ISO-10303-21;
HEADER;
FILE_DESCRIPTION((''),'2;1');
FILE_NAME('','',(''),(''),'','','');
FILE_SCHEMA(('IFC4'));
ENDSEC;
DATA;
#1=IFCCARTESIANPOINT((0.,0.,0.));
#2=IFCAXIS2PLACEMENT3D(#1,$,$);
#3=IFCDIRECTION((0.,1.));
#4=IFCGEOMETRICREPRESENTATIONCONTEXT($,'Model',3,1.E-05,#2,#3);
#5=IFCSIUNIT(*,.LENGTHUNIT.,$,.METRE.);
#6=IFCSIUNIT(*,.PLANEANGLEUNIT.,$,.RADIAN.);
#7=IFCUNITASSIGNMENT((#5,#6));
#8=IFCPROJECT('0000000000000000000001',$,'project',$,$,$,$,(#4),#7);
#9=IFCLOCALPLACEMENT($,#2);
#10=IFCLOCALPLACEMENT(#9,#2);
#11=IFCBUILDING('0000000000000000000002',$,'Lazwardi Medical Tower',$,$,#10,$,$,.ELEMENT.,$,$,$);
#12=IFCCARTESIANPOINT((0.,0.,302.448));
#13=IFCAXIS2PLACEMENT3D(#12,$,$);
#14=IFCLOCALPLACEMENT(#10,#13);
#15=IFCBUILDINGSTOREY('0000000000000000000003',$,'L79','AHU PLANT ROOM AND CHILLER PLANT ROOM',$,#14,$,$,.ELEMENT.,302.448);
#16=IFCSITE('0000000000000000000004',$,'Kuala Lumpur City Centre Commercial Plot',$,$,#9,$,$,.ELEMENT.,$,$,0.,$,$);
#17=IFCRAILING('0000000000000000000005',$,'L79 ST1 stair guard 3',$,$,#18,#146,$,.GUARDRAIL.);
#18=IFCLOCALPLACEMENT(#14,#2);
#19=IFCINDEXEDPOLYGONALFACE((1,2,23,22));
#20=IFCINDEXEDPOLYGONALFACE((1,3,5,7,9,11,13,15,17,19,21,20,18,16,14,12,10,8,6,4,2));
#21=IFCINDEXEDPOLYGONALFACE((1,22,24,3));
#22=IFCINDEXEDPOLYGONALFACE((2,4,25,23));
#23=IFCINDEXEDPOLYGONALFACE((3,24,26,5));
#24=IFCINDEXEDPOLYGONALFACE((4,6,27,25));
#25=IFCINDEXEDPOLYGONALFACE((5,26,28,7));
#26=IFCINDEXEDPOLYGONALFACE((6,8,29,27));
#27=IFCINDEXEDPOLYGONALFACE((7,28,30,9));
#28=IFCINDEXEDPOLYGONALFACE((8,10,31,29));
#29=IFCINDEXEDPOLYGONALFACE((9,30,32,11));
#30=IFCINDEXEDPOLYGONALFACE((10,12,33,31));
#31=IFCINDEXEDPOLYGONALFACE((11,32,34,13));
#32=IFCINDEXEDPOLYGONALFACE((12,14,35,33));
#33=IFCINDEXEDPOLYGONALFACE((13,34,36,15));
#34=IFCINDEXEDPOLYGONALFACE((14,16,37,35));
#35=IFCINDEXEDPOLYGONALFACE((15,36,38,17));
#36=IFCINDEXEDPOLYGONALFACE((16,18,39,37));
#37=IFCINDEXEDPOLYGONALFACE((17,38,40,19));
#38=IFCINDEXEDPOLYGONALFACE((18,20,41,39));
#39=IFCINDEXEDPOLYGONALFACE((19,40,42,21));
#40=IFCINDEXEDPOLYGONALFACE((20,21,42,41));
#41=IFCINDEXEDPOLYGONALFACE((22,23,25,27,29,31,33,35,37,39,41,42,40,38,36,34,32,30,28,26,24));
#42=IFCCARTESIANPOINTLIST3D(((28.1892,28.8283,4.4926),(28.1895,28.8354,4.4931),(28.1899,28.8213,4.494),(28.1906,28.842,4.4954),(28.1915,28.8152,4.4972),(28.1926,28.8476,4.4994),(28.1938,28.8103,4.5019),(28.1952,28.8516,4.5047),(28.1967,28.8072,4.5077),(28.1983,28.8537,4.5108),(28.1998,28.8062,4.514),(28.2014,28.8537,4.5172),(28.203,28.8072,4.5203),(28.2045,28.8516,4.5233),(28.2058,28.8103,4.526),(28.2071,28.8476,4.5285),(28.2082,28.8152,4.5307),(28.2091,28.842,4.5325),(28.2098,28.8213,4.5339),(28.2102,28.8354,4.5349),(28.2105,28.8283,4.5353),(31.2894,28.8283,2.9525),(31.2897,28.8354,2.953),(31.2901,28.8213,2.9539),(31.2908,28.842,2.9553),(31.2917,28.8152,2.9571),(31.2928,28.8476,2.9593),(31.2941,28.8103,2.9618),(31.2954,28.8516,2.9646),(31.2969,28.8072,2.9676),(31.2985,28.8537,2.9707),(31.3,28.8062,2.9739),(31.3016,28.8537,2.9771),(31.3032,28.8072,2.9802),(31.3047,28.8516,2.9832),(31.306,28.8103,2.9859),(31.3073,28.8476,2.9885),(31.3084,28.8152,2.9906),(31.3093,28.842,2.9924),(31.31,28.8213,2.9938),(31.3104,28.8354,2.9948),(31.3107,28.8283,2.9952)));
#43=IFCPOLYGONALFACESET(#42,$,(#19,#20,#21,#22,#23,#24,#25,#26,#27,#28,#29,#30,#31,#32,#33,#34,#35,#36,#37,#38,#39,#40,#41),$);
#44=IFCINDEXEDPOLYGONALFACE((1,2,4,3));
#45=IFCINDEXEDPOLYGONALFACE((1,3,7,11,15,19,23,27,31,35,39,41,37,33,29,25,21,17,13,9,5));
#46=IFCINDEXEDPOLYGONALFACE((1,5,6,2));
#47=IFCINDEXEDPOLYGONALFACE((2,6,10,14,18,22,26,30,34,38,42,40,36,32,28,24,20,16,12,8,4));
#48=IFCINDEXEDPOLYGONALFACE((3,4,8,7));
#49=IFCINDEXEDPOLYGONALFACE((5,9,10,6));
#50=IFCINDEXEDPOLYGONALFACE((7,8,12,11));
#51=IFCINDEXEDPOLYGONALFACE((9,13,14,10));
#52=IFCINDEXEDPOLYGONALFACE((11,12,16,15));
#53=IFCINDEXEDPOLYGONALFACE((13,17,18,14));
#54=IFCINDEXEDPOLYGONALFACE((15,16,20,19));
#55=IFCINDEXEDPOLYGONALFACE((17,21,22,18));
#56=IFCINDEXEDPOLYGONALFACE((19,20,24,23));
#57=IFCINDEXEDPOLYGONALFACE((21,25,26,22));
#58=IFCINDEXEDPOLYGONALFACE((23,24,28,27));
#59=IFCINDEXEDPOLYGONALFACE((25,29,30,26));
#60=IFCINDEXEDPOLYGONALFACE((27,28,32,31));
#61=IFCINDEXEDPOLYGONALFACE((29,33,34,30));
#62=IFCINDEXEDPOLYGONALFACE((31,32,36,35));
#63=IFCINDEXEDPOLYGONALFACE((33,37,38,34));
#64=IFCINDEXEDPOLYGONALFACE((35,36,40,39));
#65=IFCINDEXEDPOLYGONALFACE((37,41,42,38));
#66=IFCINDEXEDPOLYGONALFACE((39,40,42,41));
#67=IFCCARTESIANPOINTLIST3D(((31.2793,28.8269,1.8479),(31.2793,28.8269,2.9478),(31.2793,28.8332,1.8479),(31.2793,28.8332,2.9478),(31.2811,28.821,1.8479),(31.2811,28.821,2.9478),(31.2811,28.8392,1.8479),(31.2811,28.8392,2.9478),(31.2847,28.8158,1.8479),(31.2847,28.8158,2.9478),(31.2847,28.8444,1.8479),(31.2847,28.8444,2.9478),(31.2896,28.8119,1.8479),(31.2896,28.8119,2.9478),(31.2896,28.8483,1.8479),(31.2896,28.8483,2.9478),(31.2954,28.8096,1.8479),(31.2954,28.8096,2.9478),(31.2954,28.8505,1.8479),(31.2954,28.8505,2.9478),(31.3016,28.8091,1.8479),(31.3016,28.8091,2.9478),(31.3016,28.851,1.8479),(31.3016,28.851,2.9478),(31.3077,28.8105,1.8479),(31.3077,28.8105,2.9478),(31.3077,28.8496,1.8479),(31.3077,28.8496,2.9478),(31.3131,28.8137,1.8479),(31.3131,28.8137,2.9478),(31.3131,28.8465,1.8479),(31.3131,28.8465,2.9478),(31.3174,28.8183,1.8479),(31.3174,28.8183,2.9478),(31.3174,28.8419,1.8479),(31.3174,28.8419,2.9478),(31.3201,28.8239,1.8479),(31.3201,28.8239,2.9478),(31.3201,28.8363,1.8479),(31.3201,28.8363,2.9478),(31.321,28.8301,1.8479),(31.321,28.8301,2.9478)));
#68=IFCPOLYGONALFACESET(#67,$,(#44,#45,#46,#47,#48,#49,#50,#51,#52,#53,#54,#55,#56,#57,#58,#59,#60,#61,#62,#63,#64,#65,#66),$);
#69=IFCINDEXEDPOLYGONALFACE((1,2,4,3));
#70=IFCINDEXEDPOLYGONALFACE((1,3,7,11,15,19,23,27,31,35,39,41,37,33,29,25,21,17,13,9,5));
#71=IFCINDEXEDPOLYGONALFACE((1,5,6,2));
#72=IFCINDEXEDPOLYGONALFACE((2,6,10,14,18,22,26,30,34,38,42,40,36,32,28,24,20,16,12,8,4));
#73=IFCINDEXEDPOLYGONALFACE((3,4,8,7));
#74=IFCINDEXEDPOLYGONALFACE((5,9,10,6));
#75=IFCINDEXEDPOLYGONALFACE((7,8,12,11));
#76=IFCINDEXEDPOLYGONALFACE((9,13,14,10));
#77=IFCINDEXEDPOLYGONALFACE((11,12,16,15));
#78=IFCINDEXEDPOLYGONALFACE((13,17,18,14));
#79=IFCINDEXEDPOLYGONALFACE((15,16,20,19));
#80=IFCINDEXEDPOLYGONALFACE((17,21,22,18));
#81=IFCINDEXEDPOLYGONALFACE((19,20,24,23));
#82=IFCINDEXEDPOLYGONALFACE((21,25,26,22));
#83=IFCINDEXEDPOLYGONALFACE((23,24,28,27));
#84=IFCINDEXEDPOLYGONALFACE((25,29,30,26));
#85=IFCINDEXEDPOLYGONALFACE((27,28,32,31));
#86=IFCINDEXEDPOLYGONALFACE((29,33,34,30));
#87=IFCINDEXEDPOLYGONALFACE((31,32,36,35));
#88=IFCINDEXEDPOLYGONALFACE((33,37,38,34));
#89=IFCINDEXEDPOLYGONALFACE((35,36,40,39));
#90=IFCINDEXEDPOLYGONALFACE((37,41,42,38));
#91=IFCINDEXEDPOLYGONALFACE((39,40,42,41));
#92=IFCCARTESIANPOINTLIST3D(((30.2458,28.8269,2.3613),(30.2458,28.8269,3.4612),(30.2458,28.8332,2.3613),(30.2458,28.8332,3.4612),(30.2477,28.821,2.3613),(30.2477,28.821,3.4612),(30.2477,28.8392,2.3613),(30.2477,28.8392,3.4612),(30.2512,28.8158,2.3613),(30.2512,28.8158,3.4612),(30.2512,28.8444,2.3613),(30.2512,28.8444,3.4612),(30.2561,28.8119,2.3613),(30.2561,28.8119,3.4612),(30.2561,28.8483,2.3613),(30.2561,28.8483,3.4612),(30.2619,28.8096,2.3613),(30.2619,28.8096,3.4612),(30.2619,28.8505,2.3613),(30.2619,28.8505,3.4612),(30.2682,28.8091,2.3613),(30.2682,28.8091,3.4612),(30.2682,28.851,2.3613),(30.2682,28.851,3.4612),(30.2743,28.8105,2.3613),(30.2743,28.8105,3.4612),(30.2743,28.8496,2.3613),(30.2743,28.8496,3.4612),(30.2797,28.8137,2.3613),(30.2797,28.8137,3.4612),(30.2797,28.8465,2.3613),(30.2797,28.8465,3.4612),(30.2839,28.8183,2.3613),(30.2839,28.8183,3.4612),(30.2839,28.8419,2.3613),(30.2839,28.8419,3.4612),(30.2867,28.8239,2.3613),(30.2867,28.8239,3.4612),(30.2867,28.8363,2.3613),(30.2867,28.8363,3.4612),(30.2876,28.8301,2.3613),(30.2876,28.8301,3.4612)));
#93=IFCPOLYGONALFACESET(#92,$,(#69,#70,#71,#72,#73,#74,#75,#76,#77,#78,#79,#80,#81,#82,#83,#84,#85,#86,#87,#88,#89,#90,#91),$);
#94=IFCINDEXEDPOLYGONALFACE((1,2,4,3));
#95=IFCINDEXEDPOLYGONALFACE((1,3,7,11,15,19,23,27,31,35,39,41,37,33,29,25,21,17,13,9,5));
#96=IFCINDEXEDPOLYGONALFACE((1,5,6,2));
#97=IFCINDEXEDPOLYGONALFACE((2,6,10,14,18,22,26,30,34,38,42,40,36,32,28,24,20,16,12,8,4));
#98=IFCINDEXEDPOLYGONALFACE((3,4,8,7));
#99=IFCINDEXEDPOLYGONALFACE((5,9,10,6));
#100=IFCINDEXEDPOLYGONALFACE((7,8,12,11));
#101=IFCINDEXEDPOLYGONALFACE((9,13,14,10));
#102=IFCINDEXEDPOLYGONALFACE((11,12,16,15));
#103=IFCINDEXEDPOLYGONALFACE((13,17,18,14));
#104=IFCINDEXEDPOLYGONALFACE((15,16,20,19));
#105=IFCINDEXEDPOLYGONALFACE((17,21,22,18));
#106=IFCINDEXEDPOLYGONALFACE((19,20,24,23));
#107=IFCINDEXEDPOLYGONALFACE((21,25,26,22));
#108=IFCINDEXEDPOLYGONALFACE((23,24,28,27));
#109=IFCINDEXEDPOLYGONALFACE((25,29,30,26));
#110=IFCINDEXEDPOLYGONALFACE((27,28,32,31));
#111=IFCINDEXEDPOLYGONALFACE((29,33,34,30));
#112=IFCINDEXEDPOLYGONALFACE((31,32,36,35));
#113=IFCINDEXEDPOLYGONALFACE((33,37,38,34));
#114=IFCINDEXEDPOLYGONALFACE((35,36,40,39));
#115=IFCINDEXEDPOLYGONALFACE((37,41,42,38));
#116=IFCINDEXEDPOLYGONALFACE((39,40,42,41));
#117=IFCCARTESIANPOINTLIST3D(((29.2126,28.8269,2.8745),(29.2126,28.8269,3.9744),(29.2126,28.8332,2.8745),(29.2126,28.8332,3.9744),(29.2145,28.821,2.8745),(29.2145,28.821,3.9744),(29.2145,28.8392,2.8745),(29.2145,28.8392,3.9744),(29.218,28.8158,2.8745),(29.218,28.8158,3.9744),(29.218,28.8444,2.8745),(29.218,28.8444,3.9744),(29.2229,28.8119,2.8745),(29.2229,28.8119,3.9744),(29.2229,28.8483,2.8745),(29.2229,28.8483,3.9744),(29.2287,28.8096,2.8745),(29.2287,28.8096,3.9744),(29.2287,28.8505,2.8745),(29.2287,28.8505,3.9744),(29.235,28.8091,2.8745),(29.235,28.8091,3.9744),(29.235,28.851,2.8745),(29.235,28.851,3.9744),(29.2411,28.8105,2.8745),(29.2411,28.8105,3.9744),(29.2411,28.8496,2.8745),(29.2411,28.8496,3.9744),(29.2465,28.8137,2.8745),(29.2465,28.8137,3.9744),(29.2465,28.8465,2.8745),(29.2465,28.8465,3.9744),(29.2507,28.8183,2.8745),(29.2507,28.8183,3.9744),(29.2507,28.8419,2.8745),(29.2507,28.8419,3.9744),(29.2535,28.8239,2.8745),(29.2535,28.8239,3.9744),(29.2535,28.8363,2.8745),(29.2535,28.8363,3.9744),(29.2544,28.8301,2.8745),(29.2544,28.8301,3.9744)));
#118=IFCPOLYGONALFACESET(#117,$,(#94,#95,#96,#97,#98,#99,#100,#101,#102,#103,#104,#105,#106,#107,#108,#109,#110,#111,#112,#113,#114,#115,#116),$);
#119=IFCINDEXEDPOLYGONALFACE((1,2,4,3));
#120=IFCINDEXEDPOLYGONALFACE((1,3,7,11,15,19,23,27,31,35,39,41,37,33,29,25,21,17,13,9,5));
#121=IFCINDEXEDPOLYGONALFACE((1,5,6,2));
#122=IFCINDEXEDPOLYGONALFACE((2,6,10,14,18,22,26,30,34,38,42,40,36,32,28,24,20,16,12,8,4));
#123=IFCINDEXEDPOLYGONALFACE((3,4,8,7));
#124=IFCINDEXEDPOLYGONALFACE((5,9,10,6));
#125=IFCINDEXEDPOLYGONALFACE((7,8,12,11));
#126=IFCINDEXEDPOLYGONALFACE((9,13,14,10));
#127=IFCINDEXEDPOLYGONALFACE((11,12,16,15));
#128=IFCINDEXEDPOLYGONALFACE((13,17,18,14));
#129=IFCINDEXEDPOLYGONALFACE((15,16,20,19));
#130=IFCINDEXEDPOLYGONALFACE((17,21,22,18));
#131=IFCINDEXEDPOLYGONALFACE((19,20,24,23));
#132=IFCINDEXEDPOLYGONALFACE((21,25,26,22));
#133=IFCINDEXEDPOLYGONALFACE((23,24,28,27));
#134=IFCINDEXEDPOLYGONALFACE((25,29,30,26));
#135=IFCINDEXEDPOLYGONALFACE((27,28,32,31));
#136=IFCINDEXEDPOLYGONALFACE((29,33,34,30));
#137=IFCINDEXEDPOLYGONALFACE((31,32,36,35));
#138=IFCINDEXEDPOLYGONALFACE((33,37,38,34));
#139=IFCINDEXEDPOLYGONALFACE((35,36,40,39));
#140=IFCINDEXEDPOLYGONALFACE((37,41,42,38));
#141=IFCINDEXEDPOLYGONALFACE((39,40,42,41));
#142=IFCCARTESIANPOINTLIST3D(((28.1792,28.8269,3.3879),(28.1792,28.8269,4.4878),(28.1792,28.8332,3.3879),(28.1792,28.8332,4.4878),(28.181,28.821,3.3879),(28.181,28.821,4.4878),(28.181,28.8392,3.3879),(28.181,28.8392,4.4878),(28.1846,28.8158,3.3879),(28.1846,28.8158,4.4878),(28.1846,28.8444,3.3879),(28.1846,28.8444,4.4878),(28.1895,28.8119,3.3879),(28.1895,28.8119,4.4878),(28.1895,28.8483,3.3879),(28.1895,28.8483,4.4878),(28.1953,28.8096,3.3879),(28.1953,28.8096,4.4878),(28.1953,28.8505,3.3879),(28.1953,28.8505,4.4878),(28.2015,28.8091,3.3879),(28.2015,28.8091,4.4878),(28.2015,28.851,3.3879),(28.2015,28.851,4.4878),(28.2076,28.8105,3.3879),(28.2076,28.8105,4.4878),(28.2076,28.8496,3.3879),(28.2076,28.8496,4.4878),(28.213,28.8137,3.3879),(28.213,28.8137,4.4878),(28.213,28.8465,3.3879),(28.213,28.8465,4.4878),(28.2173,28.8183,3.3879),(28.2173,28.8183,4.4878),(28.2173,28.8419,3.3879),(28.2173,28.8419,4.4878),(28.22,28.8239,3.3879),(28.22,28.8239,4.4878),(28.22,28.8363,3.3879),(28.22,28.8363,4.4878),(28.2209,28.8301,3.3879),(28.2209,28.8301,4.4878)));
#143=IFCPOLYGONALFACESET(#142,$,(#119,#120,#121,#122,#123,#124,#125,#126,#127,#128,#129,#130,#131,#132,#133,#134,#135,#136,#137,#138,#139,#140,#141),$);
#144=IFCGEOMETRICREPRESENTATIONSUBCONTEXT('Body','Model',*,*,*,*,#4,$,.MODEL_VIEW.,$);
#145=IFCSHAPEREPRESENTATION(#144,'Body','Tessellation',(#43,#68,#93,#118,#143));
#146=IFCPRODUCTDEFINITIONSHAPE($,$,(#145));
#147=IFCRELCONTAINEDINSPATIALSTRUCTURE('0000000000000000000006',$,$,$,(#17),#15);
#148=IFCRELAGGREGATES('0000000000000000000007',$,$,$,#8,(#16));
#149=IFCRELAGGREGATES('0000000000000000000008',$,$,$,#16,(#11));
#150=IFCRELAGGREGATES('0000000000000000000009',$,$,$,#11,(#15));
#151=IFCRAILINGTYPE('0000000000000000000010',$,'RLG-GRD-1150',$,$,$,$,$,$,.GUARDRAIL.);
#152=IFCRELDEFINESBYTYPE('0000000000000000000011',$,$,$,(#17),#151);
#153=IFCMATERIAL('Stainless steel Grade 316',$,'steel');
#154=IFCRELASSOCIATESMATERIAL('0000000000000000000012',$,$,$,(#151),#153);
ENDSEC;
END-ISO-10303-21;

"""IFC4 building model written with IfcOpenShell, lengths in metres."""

from ifc_helpers import new_model, si_unit, direction, frame, origin, origin_2d, place, context, subcontext, project, spatial, circle, extrude, material, type_object, element, save


model = new_model("IFC4")

# Units and contexts
model_context = context("Model", 3, precision=1e-05, world=origin(), true_north=direction((0.0, 1.0)))
body_context = subcontext(model_context, "Body", "Model", "MODEL_VIEW")
ifc_project = project(units=[si_unit("LENGTHUNIT", "METRE"), si_unit("PLANEANGLEUNIT", "RADIAN")], contexts=[model_context])

# Site, building, storey
site_placement = place(None, origin())
site = spatial("IfcSite", under=ifc_project, at=site_placement, Name="Kuala Lumpur City Centre Commercial Plot", CompositionType="ELEMENT", RefElevation=0.0)
building_placement = place(site_placement, origin())
building = spatial("IfcBuilding", under=site, at=building_placement, Name="Lazwardi Medical Tower", CompositionType="ELEMENT")
storey_placement = place(building_placement, frame((0.0, 0.0, 302.448)))
storey = spatial("IfcBuildingStorey", under=building, at=storey_placement, Name="L79", Description="AHU PLANT ROOM AND CHILLER PLANT ROOM", CompositionType="ELEMENT", Elevation=302.448)

# Railing
ifc_material_1 = material(Name="Stainless steel Grade 316", Category="steel")
railing_type_1 = type_object("IfcRailingType", Name="RLG-GRD-1150", PredefinedType="GUARDRAIL", material=ifc_material_1)
railing_1_placement = place(storey_placement, frame((31.3, 28.8301, 1.8479)))
element("IfcRailing", 1, at=railing_1_placement, inside=storey, type_object=railing_type_1, Name="L79 ST1 stair guard 3", PredefinedType="GUARDRAIL", context=body_context, shape_type="SweptSolid", body=[
    extrude(circle(Radius=0.0239, at=origin_2d()), frame((0.0, 0.0, 1.126), z_axis=(-0.895581, 0.0, 0.444899), x_axis=(0.0, -1.0, 0.0)), (0.0, 0.0, 1.0), 3.4617),
    extrude(circle(Radius=0.021, at=origin_2d()), origin(), (0.0, 0.0, 1.0), 1.0999),
    extrude(circle(Radius=0.021, at=origin_2d()), frame((-1.0334, 0.0, 0.5134)), (0.0, 0.0, 1.0), 1.0999),
    extrude(circle(Radius=0.021, at=origin_2d()), frame((-2.0667, 0.0, 1.0266)), (0.0, 0.0, 1.0), 1.0999),
    extrude(circle(Radius=0.021, at=origin_2d()), frame((-3.1001, 0.0, 1.54)), (0.0, 0.0, 1.0), 1.0999),
])

save(model, "model.ifc")
